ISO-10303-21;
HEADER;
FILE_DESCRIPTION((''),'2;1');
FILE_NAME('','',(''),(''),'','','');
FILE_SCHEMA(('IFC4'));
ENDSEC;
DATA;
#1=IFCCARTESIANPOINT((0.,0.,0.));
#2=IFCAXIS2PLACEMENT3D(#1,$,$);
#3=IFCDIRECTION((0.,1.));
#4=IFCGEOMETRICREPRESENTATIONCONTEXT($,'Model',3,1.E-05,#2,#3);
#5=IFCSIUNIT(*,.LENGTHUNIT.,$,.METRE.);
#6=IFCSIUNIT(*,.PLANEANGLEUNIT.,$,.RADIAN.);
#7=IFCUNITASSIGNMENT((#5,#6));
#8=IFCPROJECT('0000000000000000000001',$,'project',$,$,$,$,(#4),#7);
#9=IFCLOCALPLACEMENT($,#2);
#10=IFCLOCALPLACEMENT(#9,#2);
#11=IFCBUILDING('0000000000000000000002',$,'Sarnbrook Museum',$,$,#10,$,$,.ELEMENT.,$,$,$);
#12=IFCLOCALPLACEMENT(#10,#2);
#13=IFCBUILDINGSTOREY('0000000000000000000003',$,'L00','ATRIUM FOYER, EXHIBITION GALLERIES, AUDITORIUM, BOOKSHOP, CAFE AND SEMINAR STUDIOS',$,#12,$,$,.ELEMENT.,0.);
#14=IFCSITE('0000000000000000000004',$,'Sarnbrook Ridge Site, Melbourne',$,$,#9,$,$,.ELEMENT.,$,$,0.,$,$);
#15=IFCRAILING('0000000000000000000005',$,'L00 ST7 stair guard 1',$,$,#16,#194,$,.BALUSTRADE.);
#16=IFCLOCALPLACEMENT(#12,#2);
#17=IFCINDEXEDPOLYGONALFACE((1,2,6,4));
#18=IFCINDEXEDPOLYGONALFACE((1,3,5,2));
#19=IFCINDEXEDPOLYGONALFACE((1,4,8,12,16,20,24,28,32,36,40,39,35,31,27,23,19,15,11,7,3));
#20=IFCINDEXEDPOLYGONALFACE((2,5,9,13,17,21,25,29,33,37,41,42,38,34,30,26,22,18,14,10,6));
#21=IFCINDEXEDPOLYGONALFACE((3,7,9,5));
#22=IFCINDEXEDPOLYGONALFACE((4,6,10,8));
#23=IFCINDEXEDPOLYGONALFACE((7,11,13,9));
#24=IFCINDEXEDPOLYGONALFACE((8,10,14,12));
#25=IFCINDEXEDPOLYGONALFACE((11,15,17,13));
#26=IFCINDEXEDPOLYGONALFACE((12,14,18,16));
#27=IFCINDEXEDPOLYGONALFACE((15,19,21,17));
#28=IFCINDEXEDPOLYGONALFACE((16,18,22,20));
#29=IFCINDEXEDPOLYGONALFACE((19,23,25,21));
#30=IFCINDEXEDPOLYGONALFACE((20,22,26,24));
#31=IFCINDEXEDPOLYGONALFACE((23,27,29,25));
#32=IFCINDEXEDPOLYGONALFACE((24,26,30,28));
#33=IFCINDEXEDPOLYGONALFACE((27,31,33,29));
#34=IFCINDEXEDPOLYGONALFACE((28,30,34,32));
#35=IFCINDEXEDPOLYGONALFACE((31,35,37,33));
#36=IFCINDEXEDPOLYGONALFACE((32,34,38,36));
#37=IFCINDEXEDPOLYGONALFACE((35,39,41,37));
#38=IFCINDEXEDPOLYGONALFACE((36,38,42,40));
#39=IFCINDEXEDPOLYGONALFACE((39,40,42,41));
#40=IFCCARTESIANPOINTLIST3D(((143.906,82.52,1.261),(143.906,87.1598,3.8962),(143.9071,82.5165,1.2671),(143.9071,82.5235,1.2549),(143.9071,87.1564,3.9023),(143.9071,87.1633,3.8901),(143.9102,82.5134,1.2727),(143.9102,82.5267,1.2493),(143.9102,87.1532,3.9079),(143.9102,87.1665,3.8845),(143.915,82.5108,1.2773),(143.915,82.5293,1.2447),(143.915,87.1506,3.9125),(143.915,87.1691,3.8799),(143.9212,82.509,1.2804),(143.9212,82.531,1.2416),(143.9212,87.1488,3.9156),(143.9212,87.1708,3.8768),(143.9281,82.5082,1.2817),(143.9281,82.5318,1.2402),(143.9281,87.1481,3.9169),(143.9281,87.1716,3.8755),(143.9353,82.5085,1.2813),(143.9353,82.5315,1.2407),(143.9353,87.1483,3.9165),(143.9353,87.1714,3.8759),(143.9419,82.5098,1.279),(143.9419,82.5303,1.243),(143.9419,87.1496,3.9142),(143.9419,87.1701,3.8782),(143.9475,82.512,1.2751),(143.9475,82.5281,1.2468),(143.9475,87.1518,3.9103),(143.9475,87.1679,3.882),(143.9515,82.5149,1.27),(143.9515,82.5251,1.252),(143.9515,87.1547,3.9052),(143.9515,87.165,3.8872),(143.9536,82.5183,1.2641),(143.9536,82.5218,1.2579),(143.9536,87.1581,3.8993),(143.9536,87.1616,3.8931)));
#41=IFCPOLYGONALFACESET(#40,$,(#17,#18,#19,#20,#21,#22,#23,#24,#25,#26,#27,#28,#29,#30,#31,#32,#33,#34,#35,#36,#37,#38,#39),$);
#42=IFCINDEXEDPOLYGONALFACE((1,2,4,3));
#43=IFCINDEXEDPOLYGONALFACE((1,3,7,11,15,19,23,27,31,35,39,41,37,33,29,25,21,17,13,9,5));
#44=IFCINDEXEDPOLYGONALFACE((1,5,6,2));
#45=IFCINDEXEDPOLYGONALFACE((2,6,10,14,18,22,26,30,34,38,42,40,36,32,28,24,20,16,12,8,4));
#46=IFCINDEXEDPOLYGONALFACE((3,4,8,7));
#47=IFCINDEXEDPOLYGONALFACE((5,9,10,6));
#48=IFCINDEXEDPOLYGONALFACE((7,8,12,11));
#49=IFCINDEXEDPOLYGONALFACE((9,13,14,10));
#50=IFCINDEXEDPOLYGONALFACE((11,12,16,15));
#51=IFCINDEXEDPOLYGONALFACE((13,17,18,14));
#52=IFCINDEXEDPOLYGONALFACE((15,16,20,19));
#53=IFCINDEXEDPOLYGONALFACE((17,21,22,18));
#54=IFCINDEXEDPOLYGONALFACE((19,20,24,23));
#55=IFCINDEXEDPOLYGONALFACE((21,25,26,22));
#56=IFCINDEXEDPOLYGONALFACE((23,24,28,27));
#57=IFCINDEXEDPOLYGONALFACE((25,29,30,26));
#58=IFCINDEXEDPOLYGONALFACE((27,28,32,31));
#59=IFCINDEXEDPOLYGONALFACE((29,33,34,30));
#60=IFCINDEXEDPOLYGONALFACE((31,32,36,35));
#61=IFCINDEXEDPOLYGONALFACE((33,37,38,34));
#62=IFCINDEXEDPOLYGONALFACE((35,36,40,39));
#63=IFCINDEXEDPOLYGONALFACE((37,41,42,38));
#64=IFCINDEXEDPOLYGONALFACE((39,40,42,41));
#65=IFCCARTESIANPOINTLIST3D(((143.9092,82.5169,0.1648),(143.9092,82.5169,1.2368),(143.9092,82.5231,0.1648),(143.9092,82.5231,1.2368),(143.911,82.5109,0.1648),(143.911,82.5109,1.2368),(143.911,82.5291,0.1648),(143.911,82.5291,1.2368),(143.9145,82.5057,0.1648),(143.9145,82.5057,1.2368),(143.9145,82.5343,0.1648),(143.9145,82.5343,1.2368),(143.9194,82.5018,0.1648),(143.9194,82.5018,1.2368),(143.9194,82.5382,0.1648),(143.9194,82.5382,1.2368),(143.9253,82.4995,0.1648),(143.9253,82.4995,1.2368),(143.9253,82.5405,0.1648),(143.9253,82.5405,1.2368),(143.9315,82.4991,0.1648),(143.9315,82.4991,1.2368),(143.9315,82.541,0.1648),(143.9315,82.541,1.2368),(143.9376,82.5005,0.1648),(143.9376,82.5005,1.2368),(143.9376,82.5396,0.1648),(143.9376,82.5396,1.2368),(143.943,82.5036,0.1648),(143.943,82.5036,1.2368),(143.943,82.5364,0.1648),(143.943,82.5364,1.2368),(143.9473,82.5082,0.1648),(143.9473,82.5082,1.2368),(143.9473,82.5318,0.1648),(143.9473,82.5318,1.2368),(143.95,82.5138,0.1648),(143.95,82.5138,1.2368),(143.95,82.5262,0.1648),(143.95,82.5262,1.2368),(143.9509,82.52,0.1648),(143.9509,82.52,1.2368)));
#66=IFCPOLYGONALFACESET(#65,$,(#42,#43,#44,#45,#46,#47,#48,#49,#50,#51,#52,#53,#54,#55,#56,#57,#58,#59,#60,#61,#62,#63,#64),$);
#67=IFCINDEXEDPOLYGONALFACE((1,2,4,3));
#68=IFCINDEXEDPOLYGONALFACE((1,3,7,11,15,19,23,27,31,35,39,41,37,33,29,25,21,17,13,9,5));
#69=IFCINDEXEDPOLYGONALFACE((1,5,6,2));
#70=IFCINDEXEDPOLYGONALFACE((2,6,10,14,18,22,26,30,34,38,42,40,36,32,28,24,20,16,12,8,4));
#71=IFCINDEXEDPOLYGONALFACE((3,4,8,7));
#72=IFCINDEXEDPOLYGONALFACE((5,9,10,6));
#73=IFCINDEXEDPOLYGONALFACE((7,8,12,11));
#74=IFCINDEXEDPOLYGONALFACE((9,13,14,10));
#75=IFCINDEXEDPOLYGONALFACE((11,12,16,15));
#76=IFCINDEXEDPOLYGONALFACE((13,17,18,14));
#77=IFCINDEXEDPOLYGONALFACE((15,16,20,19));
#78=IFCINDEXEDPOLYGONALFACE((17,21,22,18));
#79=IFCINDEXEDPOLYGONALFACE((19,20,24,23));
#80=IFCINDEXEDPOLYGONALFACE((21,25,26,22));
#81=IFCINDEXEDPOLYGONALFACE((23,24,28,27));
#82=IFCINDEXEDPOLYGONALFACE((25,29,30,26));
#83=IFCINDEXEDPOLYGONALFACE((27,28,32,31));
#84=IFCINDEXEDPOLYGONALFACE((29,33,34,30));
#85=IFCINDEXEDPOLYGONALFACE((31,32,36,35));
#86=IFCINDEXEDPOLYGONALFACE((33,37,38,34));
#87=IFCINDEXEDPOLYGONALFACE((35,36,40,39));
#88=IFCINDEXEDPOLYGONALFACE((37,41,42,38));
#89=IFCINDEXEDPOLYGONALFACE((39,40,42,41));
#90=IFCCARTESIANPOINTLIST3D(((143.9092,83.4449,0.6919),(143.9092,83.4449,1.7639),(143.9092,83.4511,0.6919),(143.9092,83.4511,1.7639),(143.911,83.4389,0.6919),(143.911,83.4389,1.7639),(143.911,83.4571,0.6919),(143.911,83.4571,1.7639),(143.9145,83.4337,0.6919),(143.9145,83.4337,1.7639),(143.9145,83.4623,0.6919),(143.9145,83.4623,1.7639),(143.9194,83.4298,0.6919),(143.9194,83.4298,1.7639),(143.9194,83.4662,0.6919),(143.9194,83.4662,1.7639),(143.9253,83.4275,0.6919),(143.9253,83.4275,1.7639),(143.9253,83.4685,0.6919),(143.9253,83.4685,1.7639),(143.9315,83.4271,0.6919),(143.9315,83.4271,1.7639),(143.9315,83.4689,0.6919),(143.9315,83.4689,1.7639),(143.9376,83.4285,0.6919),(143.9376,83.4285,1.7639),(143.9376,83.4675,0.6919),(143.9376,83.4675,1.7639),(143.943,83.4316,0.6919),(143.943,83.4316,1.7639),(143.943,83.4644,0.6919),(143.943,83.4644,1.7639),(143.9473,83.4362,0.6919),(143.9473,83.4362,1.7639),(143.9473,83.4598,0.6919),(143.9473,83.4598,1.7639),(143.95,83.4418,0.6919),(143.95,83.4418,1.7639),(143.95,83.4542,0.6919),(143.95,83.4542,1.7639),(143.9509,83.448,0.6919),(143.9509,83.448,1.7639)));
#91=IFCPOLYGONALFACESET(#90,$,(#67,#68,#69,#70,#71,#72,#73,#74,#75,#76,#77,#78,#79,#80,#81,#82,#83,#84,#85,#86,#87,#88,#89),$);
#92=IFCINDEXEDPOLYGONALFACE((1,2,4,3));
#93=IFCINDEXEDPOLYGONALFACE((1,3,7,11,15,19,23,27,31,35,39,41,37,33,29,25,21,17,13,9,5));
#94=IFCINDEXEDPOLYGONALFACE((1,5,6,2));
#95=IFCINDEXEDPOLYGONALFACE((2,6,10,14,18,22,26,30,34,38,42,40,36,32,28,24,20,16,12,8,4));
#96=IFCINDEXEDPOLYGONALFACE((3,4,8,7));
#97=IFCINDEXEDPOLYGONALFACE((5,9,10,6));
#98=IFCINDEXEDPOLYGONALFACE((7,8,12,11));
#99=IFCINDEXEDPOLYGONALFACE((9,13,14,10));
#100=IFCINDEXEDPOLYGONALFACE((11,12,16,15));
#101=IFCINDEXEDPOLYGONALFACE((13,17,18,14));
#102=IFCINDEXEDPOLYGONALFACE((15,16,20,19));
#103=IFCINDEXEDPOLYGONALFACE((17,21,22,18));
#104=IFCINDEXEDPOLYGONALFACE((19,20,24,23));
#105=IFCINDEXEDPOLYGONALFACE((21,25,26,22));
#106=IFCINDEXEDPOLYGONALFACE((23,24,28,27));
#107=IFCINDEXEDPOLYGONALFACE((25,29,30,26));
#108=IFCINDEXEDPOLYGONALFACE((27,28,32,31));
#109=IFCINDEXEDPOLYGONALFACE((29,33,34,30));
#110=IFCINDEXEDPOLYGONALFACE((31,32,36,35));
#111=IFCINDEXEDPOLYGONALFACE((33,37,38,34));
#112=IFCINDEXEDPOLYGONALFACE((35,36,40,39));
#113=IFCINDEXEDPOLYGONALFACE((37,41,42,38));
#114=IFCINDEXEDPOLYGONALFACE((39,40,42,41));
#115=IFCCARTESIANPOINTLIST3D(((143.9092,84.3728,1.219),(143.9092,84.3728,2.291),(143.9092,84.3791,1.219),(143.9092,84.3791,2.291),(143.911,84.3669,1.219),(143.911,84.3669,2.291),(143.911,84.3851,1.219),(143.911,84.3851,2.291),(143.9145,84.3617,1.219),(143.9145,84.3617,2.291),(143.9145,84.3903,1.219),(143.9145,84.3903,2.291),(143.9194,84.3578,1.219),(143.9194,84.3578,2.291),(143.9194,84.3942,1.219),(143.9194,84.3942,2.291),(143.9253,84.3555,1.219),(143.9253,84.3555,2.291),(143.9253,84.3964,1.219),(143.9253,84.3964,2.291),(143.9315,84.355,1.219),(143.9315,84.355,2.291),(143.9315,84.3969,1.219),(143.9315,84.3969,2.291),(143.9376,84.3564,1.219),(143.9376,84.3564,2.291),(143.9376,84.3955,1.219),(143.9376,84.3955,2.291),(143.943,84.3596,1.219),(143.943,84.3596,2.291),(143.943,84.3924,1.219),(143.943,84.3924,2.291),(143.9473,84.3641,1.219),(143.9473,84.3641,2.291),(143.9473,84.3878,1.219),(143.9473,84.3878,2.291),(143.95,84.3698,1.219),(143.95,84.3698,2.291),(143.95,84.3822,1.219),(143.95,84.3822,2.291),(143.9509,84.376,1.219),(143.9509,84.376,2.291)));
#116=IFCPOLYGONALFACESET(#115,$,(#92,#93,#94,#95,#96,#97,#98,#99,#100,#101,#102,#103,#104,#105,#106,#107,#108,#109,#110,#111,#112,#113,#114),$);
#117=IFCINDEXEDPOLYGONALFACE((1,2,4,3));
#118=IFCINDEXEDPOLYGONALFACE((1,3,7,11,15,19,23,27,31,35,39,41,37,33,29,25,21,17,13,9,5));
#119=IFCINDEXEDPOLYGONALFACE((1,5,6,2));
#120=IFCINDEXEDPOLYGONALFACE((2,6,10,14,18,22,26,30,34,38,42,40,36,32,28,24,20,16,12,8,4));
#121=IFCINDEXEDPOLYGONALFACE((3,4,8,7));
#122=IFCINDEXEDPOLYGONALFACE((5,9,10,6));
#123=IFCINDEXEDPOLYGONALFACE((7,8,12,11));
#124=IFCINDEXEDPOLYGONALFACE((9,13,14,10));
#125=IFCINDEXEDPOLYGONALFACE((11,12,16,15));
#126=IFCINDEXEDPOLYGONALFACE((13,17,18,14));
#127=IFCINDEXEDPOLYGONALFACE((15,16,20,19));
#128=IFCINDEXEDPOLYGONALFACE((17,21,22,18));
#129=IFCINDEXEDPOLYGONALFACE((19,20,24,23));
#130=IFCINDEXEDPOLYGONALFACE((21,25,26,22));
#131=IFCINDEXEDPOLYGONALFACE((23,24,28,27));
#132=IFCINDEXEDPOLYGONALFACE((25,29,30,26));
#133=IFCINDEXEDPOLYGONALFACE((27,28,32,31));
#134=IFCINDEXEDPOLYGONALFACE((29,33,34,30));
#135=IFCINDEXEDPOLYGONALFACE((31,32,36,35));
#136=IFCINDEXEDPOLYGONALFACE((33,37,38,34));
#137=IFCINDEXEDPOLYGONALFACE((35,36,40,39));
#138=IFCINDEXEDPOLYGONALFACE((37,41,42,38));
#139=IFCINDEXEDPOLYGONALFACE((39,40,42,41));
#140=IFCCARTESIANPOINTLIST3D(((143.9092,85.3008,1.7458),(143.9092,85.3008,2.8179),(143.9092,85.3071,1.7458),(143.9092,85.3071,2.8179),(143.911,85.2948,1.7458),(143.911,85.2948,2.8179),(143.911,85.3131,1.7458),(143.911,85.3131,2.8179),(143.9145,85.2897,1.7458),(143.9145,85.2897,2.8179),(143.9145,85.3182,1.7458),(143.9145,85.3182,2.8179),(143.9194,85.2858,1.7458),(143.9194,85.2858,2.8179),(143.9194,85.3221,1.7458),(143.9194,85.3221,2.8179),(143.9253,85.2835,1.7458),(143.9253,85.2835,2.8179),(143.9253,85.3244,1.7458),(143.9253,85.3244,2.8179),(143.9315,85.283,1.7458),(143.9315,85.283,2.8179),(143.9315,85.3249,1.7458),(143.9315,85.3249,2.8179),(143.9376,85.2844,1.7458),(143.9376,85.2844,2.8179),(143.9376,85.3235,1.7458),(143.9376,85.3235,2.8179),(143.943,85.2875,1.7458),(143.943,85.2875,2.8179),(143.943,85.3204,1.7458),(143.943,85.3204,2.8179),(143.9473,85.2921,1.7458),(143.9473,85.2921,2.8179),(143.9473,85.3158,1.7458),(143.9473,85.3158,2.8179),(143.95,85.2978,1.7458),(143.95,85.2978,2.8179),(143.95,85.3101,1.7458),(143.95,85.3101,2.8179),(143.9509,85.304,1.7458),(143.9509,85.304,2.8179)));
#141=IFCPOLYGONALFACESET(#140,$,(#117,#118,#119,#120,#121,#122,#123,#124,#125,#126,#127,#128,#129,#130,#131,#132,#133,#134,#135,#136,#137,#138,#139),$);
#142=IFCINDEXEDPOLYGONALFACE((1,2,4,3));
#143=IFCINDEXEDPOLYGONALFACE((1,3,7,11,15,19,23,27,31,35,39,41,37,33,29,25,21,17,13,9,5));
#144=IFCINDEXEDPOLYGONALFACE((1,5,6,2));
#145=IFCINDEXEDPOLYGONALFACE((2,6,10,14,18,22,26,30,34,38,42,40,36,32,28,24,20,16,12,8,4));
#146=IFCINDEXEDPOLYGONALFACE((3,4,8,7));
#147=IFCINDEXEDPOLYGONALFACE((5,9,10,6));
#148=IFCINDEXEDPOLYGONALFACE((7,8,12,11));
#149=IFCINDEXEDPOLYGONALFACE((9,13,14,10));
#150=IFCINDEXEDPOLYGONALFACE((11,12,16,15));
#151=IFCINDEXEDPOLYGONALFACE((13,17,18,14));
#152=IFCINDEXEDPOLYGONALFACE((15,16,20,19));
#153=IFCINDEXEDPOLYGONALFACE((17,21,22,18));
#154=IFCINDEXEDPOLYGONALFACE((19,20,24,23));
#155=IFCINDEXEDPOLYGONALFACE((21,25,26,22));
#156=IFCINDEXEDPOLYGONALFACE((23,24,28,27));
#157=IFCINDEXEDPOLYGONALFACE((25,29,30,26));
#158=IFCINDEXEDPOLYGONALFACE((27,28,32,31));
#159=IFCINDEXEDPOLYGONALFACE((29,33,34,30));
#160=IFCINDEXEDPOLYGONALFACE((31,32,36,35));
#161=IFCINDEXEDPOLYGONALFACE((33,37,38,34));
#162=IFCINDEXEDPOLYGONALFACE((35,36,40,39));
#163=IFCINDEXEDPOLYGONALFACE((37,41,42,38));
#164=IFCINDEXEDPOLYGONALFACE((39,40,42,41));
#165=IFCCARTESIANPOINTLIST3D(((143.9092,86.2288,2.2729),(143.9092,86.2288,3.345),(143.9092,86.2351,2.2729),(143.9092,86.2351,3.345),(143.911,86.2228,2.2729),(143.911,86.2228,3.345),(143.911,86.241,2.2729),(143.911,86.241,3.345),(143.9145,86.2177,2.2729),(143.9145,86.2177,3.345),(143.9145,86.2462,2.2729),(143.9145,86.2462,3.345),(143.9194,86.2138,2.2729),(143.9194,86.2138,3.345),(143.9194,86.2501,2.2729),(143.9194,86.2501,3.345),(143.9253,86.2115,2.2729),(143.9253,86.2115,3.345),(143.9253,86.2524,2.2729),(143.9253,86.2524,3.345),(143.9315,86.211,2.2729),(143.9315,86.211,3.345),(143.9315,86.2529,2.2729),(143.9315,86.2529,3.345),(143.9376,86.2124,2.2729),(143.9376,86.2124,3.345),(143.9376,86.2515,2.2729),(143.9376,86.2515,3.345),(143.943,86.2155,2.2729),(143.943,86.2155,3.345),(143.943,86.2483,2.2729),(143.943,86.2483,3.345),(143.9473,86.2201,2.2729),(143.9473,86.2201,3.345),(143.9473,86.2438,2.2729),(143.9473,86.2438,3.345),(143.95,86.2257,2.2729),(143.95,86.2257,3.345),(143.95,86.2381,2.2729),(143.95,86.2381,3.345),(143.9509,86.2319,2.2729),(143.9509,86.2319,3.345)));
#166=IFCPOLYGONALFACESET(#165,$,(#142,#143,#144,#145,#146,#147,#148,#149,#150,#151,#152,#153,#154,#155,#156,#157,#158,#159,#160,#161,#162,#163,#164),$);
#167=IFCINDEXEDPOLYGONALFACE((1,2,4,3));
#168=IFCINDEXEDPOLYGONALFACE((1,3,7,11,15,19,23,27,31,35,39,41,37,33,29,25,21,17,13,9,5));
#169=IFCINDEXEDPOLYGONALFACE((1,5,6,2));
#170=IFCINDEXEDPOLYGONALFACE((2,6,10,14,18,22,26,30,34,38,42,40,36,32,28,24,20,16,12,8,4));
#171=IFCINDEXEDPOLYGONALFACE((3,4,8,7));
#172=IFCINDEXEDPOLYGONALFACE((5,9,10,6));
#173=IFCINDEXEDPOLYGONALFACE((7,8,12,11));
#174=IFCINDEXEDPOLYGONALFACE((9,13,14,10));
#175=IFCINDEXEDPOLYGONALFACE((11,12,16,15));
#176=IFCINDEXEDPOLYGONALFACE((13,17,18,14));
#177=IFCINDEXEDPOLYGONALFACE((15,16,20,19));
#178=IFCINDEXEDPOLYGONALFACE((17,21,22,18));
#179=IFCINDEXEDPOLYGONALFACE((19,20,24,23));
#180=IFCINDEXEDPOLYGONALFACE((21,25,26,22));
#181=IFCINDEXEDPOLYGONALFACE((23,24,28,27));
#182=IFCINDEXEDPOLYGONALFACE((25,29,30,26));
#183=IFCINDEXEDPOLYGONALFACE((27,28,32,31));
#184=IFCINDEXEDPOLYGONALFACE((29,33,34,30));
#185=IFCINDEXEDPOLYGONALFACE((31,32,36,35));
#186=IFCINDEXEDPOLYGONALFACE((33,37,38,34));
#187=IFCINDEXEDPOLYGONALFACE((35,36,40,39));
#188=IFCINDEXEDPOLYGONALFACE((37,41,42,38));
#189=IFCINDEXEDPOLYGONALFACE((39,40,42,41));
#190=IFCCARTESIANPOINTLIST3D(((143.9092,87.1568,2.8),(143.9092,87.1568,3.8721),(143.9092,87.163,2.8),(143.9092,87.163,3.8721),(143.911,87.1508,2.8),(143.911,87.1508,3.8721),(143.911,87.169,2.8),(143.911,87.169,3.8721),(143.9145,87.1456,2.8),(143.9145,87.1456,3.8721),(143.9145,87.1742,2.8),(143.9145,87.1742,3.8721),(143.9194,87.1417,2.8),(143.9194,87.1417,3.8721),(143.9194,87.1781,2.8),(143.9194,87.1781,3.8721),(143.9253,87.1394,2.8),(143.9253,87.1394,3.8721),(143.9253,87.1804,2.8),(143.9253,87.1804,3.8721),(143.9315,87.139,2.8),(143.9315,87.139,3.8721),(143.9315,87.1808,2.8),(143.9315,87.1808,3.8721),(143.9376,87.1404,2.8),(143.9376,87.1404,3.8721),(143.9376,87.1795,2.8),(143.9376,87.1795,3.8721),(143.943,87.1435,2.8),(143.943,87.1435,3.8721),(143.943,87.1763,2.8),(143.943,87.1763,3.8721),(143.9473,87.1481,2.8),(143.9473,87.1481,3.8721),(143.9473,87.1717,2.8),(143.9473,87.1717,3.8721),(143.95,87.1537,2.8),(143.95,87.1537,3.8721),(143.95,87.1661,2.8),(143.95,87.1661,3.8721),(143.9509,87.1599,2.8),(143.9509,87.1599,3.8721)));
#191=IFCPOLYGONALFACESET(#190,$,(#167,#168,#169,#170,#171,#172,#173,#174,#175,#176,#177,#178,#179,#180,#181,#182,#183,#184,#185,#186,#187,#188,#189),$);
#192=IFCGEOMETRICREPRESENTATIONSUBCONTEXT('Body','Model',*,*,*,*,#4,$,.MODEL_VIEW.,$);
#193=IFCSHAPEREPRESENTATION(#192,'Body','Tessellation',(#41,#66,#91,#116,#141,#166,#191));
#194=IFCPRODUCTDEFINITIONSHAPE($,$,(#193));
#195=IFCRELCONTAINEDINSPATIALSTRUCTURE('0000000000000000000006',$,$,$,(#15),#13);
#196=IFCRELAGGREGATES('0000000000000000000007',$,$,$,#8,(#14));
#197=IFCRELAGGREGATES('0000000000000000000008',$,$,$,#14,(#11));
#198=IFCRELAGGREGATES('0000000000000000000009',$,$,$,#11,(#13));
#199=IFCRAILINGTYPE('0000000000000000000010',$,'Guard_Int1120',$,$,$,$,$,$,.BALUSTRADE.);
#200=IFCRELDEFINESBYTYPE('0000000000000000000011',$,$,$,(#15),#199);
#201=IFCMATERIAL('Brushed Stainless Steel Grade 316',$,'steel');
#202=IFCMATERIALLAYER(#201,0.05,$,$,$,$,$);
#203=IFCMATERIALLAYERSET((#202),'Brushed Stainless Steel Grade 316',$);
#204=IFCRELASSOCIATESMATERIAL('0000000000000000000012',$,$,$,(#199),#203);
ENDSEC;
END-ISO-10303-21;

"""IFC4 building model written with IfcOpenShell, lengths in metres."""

from ifc_helpers import new_model, si_unit, direction, frame, origin, origin_2d, place, context, subcontext, project, spatial, circle, extrude, material, layer, layer_set, type_object, element, save


model = new_model("IFC4")

# Units and contexts
model_context = context("Model", 3, precision=1e-05, world=origin(), true_north=direction((0.0, 1.0)))
body_context = subcontext(model_context, "Body", "Model", "MODEL_VIEW")
ifc_project = project(units=[si_unit("LENGTHUNIT", "METRE"), si_unit("PLANEANGLEUNIT", "RADIAN")], contexts=[model_context])

# Site, building, storey
site_placement = place(None, origin())
site = spatial("IfcSite", under=ifc_project, at=site_placement, Name="Sarnbrook Ridge Site, Melbourne", CompositionType="ELEMENT", RefElevation=0.0)
building_placement = place(site_placement, origin())
building = spatial("IfcBuilding", under=site, at=building_placement, Name="Sarnbrook Museum", CompositionType="ELEMENT")
storey_placement = place(building_placement, origin())
storey = spatial("IfcBuildingStorey", under=building, at=storey_placement, Name="L00", Description="ATRIUM FOYER, EXHIBITION GALLERIES, AUDITORIUM, BOOKSHOP, CAFE AND SEMINAR STUDIOS", CompositionType="ELEMENT", Elevation=0.0)

# Railing
ifc_material_1 = material(Name="Brushed Stainless Steel Grade 316", Category="steel")
ifc_layer_1 = layer(ifc_material_1, 0.05)
ifc_layer_set_1 = layer_set([ifc_layer_1], Name="Brushed Stainless Steel Grade 316")
railing_type_1 = type_object("IfcRailingType", Name="Guard_Int1120", PredefinedType="BALUSTRADE", material=ifc_layer_set_1)
railing_1_placement = place(storey_placement, frame((143.9299, 82.52, 0.1648)))
element("IfcRailing", 1, at=railing_1_placement, inside=storey, type_object=railing_type_1, Name="L00 ST7 stair guard 1", PredefinedType="BALUSTRADE", context=body_context, shape_type="SweptSolid", body=[
    extrude(circle(Radius=0.0239, at=origin_2d()), frame((0.0, 0.0, 1.0962), z_axis=(0.0, 0.869541, 0.493861), x_axis=(-1.0, 0.0, 0.0)), (0.0, 0.0, 1.0), 5.3359),
    extrude(circle(Radius=0.021, at=origin_2d()), origin(), (0.0, 0.0, 1.0), 1.072),
    extrude(circle(Radius=0.021, at=origin_2d()), frame((0.0, 0.928, 0.5271)), (0.0, 0.0, 1.0), 1.072),
    extrude(circle(Radius=0.021, at=origin_2d()), frame((0.0, 1.856, 1.0542)), (0.0, 0.0, 1.0), 1.072),
    extrude(circle(Radius=0.021, at=origin_2d()), frame((0.0, 2.7839, 1.5811)), (0.0, 0.0, 1.0), 1.072),
    extrude(circle(Radius=0.021, at=origin_2d()), frame((0.0, 3.7119, 2.1082)), (0.0, 0.0, 1.0), 1.072),
    extrude(circle(Radius=0.021, at=origin_2d()), frame((0.0, 4.6399, 2.6353)), (0.0, 0.0, 1.0), 1.072),
])

save(model, "model.ifc")
